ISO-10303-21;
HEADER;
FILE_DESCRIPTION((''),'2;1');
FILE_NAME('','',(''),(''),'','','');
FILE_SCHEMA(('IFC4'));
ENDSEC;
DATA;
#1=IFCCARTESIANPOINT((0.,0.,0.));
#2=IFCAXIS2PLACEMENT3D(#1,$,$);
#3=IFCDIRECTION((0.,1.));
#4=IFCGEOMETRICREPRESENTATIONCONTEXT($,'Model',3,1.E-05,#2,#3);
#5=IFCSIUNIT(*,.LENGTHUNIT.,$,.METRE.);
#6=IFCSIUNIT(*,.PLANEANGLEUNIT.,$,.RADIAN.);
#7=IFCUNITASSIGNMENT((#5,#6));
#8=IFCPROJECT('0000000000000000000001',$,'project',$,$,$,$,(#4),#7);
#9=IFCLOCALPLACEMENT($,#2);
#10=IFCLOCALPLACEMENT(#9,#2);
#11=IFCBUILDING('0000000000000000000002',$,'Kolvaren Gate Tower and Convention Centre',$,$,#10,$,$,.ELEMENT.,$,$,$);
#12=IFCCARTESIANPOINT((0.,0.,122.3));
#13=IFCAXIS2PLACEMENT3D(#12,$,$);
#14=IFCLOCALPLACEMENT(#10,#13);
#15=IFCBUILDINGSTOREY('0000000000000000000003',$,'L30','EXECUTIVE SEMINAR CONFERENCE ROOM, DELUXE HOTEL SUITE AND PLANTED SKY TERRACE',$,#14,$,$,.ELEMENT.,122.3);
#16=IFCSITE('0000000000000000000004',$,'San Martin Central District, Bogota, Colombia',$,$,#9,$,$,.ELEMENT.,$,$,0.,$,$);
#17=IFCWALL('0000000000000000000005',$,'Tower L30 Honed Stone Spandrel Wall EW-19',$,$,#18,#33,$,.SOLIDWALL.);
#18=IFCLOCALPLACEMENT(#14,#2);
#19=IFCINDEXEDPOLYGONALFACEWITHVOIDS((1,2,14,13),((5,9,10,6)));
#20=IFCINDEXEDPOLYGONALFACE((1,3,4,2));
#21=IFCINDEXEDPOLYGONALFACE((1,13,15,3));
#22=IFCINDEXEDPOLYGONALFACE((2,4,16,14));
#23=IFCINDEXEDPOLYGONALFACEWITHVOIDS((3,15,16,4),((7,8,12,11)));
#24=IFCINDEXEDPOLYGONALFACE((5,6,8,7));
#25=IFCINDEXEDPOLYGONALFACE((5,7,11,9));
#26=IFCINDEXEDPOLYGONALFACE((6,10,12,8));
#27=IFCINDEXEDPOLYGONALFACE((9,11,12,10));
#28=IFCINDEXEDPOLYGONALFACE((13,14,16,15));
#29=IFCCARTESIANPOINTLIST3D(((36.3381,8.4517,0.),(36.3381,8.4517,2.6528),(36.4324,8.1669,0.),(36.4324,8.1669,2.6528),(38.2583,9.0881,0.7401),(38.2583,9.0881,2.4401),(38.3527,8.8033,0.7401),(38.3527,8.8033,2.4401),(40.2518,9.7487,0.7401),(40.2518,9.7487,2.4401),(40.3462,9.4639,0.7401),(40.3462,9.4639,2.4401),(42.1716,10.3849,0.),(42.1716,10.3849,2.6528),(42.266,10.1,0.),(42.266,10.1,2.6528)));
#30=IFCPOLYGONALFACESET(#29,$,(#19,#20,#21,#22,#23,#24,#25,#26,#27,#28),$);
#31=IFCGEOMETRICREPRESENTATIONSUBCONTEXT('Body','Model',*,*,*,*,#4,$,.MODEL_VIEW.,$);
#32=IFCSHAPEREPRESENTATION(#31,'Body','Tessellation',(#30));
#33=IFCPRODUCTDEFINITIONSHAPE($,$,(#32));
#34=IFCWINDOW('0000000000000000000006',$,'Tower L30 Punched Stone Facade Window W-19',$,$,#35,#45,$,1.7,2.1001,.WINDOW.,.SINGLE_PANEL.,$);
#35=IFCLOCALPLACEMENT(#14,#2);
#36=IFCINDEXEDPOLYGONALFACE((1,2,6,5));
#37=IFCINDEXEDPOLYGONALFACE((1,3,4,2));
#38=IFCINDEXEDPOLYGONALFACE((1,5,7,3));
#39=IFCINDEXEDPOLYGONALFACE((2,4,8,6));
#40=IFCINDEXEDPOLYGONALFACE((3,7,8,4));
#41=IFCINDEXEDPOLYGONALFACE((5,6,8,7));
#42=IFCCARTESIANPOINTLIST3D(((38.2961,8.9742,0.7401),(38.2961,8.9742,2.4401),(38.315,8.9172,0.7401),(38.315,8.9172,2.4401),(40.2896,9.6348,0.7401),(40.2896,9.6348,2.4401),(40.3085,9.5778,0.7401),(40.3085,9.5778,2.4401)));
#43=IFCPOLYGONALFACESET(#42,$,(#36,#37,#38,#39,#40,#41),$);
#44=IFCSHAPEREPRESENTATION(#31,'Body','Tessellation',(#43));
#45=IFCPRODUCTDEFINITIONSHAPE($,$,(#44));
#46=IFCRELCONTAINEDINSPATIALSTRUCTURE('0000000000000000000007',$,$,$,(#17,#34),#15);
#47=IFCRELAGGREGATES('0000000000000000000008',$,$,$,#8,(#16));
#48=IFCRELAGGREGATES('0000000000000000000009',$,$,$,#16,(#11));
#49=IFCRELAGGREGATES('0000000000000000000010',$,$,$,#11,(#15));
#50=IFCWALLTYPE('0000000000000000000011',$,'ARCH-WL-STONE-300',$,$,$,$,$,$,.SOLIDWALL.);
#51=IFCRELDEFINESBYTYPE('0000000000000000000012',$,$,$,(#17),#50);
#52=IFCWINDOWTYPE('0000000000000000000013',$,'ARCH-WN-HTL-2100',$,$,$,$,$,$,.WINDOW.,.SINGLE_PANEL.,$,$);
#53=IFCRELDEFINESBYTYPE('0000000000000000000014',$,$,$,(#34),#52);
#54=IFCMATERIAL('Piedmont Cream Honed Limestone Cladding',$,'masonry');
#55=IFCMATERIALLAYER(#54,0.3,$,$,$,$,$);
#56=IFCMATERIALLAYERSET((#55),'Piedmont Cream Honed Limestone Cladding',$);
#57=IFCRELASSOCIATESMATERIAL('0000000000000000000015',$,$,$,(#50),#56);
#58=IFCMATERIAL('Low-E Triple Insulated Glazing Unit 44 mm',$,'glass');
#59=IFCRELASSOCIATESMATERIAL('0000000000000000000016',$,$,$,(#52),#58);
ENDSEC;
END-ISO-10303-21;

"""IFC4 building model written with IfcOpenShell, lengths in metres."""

from ifc_helpers import new_model, si_unit, direction, frame, frame_2d, origin, place, context, subcontext, project, spatial, rectangle, extrude, material, layer, layer_set, type_object, element, fill, save


model = new_model("IFC4")

# Units and contexts
model_context = context("Model", 3, precision=1e-05, world=origin(), true_north=direction((0.0, 1.0)))
body_context = subcontext(model_context, "Body", "Model", "MODEL_VIEW")
ifc_project = project(units=[si_unit("LENGTHUNIT", "METRE"), si_unit("PLANEANGLEUNIT", "RADIAN")], contexts=[model_context])

# Site, building, storey
site_placement = place(None, origin())
site = spatial("IfcSite", under=ifc_project, at=site_placement, Name="San Martin Central District, Bogota, Colombia", CompositionType="ELEMENT", RefElevation=0.0)
building_placement = place(site_placement, origin())
building = spatial("IfcBuilding", under=site, at=building_placement, Name="Kolvaren Gate Tower and Convention Centre", CompositionType="ELEMENT")
storey_placement = place(building_placement, frame((0.0, 0.0, 122.3)))
storey = spatial("IfcBuildingStorey", under=building, at=storey_placement, Name="L30", Description="EXECUTIVE SEMINAR CONFERENCE ROOM, DELUXE HOTEL SUITE AND PLANTED SKY TERRACE", CompositionType="ELEMENT", Elevation=122.3)

# Shared definitions
ifc_material_1 = material(Name="Piedmont Cream Honed Limestone Cladding", Category="masonry")

# Shared definitions
ifc_layer_1 = layer(ifc_material_1, 0.3)
ifc_layer_set_1 = layer_set([ifc_layer_1], Name="Piedmont Cream Honed Limestone Cladding")
wall_type_1 = type_object("IfcWallType", Name="ARCH-WL-STONE-300", PredefinedType="SOLIDWALL", material=ifc_layer_set_1)

# Wall, opening, window
wall_1_placement = place(storey_placement, frame((36.3853, 8.3093, 0.0), z_axis=(0.0, 0.0, 1.0), x_axis=(0.949238, 0.314559, 0.0)))
wall_1 = element("IfcWall", 1, at=wall_1_placement, inside=storey, type_object=wall_type_1, Name="Tower L30 Honed Stone Spandrel Wall EW-19", PredefinedType="SOLIDWALL", context=body_context, shape_type="SweptSolid", body=[
    extrude(rectangle(XDim=6.1455, YDim=0.3, at=frame_2d((3.0728, 0.0))), origin(), (0.0, 0.0, 1.0), 2.6528),
])
opening_1_placement = place(wall_1_placement, frame((2.0229, 0.0, 0.74)))
opening_1 = element("IfcOpeningElement", 2, at=opening_1_placement, cuts=wall_1, PredefinedType="OPENING", context=body_context, shape_type="SweptSolid", body=[
    extrude(rectangle(XDim=2.1001, YDim=1.7, at=frame_2d((1.05, 0.8501))), frame((0.0, 0.1599, 0.0), z_axis=(0.0, -1.0, 0.0), x_axis=(1.0, 0.0, 0.0)), (0.0, 0.0, 1.0), 0.3201),
])
ifc_material_2 = material(Name="Low-E Triple Insulated Glazing Unit 44 mm", Category="glass")
window_type = type_object("IfcWindowType", Name="ARCH-WN-HTL-2100", PartitioningType="SINGLE_PANEL", PredefinedType="WINDOW", material=ifc_material_2)
window_placement = place(opening_1_placement, origin())
window = element("IfcWindow", 3, at=window_placement, inside=storey, type_object=window_type, Name="Tower L30 Punched Stone Facade Window W-19", OverallHeight=1.7, OverallWidth=2.1001, PartitioningType="SINGLE_PANEL", PredefinedType="WINDOW", context=body_context, shape_type="SweptSolid", body=[
    extrude(rectangle(XDim=2.1001, YDim=1.7, at=frame_2d((1.05, 0.8501))), frame((0.0, 0.03, 0.0), z_axis=(0.0, -1.0, 0.0), x_axis=(1.0, 0.0, 0.0)), (0.0, 0.0, 1.0), 0.0601),
])
fill(opening_1, window)

save(model, "model.ifc")
